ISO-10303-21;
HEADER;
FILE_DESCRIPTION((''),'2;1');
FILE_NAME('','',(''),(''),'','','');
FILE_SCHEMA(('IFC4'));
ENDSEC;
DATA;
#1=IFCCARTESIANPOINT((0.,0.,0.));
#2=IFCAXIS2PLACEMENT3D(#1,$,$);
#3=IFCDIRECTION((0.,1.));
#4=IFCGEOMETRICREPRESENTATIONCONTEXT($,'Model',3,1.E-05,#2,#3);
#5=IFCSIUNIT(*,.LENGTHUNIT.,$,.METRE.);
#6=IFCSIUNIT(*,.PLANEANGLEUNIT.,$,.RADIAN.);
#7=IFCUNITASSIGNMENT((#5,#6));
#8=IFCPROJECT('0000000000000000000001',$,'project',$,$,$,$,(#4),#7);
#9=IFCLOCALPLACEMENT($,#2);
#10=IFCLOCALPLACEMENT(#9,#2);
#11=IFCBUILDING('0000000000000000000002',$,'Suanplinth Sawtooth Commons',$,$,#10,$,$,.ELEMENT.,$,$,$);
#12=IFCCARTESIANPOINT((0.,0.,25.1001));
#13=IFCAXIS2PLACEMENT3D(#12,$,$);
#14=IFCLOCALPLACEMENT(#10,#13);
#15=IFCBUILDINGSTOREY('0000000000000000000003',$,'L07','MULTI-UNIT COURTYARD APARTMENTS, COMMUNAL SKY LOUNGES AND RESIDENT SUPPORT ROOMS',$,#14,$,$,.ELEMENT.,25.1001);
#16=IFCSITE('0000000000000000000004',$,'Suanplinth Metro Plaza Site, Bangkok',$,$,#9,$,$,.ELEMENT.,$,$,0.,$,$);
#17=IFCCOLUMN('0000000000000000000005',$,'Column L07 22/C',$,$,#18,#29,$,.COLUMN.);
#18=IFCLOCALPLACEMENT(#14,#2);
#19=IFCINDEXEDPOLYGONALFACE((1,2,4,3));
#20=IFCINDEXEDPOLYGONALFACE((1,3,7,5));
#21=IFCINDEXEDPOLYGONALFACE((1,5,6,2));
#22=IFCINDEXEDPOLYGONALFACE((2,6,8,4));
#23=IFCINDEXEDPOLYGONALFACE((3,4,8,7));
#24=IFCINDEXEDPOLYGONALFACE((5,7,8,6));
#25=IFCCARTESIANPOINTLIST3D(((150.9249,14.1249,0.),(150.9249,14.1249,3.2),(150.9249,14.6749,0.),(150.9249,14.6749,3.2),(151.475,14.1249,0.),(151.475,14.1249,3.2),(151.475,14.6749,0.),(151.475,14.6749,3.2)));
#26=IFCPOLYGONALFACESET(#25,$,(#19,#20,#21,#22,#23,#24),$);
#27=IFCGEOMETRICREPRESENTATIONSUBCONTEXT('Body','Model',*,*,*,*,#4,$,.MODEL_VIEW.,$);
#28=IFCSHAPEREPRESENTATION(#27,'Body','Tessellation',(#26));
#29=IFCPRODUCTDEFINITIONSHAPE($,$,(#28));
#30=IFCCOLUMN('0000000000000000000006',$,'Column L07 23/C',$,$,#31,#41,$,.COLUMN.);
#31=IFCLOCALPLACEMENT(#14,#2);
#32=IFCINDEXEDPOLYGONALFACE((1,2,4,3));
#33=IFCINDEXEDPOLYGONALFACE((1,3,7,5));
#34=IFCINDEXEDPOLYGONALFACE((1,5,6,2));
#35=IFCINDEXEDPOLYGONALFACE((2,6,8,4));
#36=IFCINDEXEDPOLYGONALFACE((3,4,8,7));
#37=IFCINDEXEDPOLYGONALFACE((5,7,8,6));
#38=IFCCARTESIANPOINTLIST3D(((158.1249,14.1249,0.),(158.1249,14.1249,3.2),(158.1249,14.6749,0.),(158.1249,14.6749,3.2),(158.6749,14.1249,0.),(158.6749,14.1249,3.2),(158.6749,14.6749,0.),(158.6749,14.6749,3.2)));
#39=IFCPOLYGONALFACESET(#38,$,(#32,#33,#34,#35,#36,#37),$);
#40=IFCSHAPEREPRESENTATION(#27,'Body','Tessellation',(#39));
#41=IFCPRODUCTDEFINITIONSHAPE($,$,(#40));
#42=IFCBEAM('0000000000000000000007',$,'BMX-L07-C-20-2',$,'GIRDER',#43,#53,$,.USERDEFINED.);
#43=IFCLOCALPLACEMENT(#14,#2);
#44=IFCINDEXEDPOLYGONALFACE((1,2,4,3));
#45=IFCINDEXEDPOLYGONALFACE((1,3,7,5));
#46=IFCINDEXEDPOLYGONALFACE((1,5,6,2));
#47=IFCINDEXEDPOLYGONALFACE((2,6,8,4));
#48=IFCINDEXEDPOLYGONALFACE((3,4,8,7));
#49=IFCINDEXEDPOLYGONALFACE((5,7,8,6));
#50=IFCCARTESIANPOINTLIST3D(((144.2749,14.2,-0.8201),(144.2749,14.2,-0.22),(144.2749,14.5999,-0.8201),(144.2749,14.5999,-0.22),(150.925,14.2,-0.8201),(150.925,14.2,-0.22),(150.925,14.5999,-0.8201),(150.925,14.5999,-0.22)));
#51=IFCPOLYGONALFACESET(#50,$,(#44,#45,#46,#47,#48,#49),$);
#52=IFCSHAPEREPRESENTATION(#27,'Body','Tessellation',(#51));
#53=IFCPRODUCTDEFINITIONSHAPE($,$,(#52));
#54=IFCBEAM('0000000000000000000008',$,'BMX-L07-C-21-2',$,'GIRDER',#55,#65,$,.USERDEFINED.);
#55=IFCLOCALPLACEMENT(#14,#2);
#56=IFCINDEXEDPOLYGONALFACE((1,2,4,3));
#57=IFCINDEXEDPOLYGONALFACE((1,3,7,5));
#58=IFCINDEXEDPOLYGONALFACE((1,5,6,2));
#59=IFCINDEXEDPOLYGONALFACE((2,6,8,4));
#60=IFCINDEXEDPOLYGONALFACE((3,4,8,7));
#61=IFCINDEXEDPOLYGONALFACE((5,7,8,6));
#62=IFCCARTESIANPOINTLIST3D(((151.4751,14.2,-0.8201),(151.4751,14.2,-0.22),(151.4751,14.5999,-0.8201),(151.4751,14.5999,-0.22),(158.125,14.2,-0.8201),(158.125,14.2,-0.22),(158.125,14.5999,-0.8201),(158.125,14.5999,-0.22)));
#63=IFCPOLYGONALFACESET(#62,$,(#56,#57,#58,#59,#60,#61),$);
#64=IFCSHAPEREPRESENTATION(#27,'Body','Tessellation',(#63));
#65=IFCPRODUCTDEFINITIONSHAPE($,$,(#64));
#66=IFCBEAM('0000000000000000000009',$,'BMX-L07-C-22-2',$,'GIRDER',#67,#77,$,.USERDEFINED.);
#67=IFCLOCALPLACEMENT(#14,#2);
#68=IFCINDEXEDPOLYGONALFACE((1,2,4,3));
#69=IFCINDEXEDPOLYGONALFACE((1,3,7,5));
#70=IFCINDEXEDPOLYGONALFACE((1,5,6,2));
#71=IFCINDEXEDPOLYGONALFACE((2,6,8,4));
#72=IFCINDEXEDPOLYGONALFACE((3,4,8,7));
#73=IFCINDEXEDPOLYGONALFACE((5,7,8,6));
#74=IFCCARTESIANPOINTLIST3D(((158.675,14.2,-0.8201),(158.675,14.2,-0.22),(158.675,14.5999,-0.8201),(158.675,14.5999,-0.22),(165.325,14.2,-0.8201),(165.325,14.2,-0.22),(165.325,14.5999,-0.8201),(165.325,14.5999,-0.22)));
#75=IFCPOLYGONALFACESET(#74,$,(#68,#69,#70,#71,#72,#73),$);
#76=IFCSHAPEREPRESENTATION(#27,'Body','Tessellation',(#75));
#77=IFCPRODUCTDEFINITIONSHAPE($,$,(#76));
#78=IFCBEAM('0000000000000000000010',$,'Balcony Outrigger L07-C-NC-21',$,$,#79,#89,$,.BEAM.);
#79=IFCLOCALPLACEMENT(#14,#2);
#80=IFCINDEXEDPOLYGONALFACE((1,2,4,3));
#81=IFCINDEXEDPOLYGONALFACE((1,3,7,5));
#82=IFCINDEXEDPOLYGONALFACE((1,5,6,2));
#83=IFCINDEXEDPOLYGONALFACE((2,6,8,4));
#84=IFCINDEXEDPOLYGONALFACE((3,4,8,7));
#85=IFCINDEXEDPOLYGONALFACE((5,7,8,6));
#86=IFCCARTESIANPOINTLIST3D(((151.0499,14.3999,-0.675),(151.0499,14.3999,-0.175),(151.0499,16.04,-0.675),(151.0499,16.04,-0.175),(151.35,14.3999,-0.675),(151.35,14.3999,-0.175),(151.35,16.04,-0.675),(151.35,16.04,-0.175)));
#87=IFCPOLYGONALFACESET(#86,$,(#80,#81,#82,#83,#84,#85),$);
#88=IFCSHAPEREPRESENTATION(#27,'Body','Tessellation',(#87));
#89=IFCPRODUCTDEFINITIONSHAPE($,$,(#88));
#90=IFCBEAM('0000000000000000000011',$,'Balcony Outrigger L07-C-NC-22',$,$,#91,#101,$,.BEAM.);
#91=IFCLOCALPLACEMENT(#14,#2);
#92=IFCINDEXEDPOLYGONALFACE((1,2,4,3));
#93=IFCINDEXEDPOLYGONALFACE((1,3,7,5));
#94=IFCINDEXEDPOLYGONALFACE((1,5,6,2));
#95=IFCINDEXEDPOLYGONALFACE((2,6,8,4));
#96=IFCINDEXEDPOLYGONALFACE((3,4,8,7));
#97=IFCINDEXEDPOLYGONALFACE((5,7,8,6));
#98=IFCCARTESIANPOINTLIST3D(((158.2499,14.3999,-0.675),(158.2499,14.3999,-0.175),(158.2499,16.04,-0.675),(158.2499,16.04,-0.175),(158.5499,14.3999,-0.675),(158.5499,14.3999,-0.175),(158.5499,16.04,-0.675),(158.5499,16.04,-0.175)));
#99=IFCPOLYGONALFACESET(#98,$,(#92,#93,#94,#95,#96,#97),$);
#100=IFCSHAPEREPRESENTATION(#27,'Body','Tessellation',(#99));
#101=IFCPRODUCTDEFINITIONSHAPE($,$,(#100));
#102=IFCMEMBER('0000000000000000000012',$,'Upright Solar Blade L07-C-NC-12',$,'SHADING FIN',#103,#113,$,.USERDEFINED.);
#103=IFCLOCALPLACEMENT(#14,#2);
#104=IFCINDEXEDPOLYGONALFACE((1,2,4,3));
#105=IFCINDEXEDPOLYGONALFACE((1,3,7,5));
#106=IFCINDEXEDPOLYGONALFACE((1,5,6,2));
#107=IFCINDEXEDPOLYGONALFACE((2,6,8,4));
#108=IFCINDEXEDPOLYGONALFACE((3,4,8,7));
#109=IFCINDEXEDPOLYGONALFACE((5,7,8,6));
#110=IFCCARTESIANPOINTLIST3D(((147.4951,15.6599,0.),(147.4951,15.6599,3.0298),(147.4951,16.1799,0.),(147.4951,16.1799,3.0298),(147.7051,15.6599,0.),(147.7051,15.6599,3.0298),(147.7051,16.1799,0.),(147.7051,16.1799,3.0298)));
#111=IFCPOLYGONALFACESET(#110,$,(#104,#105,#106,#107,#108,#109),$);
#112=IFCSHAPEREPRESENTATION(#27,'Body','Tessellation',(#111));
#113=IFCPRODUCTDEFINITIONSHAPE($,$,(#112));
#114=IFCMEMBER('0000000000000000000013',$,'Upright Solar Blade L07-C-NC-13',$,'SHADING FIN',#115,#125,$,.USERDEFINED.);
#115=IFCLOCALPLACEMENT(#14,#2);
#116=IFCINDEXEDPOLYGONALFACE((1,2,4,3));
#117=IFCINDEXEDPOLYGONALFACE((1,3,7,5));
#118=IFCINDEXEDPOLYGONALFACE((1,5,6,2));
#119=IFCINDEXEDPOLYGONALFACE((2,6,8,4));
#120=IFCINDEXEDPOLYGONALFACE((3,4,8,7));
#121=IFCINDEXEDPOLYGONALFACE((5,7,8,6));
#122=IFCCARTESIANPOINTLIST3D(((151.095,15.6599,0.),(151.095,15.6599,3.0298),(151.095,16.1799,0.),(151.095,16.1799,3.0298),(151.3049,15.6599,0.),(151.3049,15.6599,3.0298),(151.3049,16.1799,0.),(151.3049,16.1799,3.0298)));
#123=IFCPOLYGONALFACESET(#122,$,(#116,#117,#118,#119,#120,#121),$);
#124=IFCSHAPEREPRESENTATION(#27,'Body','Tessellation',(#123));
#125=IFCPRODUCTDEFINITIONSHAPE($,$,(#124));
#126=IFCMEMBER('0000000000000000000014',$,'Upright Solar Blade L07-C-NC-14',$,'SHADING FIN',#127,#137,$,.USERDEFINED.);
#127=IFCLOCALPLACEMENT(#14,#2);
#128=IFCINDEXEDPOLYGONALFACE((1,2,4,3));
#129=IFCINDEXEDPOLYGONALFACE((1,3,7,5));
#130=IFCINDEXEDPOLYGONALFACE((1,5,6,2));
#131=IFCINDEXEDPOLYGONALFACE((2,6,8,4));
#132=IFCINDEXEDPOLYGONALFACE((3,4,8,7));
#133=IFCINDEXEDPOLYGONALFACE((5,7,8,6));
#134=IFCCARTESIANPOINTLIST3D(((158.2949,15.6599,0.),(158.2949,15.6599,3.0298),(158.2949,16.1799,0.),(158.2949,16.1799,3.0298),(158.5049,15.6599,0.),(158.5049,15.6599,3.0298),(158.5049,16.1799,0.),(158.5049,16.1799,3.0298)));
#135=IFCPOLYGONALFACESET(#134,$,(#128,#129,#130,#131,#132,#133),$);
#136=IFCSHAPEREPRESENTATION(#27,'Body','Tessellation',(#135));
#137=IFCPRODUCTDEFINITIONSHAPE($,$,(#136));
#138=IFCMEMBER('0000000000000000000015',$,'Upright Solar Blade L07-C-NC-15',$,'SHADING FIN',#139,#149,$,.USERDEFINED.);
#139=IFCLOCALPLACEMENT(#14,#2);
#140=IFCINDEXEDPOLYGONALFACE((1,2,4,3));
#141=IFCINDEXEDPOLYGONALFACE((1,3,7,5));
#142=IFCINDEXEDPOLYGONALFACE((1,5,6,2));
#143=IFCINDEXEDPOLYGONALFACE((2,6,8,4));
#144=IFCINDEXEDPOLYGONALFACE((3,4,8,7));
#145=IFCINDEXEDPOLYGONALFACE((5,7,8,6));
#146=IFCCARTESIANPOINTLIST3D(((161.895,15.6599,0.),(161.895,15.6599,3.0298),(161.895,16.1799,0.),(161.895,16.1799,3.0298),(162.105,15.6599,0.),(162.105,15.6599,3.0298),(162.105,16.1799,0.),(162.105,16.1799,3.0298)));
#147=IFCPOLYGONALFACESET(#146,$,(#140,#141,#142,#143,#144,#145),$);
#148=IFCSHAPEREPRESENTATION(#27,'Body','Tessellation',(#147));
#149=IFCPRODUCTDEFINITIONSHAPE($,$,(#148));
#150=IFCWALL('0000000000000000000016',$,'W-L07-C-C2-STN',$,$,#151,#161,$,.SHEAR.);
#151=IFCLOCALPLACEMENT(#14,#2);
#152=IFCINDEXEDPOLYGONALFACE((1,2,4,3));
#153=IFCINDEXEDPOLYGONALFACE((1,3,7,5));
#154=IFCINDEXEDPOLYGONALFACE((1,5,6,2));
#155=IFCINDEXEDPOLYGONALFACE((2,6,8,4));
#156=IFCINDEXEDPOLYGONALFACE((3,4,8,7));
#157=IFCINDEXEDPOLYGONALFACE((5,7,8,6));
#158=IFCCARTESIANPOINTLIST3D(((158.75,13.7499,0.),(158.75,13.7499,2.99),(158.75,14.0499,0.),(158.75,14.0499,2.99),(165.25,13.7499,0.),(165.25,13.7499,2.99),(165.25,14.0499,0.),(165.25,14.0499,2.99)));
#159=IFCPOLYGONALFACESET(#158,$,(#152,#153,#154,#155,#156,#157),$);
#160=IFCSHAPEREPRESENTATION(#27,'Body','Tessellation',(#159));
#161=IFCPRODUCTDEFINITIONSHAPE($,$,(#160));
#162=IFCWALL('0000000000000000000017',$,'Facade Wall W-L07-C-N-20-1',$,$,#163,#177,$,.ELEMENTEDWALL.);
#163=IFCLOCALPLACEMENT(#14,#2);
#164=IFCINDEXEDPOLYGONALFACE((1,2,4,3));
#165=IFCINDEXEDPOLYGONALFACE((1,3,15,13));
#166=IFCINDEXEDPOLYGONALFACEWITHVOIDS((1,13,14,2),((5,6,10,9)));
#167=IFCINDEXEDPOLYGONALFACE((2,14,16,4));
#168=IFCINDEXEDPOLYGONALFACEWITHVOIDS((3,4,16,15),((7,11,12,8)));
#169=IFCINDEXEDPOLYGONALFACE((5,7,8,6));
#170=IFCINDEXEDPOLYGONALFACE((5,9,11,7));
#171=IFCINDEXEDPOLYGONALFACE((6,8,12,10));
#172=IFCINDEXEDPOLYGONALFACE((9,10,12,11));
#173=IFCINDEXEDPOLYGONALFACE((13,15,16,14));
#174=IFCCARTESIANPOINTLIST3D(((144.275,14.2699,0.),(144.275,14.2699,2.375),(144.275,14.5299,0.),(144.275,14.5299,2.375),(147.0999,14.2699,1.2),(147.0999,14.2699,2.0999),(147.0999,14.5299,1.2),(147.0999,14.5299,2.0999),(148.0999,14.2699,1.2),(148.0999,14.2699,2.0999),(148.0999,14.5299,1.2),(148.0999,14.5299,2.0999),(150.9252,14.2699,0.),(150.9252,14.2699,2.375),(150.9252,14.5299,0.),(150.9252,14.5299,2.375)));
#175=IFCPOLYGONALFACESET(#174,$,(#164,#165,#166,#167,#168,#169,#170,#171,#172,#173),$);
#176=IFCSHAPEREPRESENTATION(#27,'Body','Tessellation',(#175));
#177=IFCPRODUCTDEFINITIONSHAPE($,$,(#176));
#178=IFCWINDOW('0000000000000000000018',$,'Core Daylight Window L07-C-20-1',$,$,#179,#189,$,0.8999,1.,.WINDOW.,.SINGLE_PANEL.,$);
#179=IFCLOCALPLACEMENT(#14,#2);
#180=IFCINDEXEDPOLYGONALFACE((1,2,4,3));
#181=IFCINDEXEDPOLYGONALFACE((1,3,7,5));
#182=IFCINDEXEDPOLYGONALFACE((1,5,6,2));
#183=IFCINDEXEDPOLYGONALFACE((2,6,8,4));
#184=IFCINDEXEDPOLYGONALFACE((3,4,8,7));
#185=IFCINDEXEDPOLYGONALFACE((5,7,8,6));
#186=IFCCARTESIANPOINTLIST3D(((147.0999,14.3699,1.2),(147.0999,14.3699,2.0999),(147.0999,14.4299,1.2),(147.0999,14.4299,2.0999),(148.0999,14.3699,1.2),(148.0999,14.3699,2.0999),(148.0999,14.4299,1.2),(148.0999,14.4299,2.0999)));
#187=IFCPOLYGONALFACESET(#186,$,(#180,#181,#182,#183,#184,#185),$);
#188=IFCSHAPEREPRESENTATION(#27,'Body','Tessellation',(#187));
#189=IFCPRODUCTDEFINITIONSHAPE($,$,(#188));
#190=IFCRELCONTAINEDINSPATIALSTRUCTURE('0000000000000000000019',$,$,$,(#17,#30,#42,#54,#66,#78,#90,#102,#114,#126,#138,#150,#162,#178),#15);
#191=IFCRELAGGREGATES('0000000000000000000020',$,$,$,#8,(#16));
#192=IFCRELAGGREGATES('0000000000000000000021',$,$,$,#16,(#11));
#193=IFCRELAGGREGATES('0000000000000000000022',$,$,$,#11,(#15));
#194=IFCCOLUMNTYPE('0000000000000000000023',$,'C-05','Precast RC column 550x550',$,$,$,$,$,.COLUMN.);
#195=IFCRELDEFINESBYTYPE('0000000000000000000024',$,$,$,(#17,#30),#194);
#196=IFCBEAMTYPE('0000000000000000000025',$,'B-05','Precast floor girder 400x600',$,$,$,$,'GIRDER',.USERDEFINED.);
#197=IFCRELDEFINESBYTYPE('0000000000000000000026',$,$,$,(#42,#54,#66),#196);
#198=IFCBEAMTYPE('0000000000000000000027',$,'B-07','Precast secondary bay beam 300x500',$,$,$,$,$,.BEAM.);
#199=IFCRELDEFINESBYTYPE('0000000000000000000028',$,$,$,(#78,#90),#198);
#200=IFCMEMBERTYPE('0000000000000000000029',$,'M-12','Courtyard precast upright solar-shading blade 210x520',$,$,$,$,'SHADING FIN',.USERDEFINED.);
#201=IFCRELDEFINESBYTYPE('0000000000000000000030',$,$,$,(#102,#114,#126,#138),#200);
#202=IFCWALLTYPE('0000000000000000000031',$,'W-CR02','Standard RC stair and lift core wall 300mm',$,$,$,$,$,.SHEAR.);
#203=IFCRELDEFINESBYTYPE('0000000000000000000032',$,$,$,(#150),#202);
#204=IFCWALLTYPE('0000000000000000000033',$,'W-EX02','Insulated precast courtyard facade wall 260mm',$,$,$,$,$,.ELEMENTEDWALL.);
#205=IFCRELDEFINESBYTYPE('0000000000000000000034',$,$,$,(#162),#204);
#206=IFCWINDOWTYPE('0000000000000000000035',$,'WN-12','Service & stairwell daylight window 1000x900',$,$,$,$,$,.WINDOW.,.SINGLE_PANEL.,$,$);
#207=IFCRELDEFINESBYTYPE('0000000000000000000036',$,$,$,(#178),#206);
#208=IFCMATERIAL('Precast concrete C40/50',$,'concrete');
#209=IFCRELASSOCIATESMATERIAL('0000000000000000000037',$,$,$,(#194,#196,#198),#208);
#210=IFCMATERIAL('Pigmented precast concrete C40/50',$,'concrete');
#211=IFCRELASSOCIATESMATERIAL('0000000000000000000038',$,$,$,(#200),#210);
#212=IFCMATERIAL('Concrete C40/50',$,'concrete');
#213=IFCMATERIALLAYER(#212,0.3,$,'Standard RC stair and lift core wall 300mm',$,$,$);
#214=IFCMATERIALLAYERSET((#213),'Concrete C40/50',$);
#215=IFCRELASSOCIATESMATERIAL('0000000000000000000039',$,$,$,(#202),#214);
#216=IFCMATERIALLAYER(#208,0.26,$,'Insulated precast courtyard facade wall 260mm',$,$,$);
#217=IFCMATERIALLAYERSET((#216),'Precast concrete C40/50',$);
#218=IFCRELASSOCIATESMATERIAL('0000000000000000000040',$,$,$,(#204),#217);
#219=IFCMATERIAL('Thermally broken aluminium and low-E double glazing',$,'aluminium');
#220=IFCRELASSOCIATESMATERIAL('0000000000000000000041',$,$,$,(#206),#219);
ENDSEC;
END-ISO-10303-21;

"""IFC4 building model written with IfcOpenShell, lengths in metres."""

from ifc_helpers import new_model, si_unit, direction, frame, frame_2d, origin, origin_2d, place, context, subcontext, project, spatial, rectangle, extrude, material, layer, layer_set, material_profile, profile_set, type_object, element, fill, save


model = new_model("IFC4")

# Units and contexts
model_context = context("Model", 3, precision=1e-05, world=origin(), true_north=direction((0.0, 1.0)))
body_context = subcontext(model_context, "Body", "Model", "MODEL_VIEW")
ifc_project = project(units=[si_unit("LENGTHUNIT", "METRE"), si_unit("PLANEANGLEUNIT", "RADIAN")], contexts=[model_context])

# Site, building, storey
site_placement = place(None, origin())
site = spatial("IfcSite", under=ifc_project, at=site_placement, Name="Suanplinth Metro Plaza Site, Bangkok", CompositionType="ELEMENT", RefElevation=0.0)
building_placement = place(site_placement, origin())
building = spatial("IfcBuilding", under=site, at=building_placement, Name="Suanplinth Sawtooth Commons", CompositionType="ELEMENT")
storey_placement = place(building_placement, frame((0.0, 0.0, 25.1001)))
storey = spatial("IfcBuildingStorey", under=building, at=storey_placement, Name="L07", Description="MULTI-UNIT COURTYARD APARTMENTS, COMMUNAL SKY LOUNGES AND RESIDENT SUPPORT ROOMS", CompositionType="ELEMENT", Elevation=25.1001)

# Columns
ifc_material_1 = material(Name="Precast concrete C40/50", Category="concrete")
ifc_material_profile_1 = material_profile(ifc_material_1, rectangle(XDim=0.55, YDim=0.55, at=origin_2d()), Name="PC-COL 550x550")
ifc_profile_set_1 = profile_set([ifc_material_profile_1], Name="Precast concrete C40/50")
column_type = type_object("IfcColumnType", Name="C-05", Description="Precast RC column 550x550", PredefinedType="COLUMN", material=ifc_profile_set_1)
for number, where, z_axis, x_axis, name in (
    (1, (151.2, 14.3999, 0.0), (0.0, 0.0, 1.0), (1.0, 0.0, 0.0), "Column L07 22/C"),
    (2, (158.3999, 14.3999, 0.0), (0.0, 0.0, 1.0), (1.0, 0.0, 0.0), "Column L07 23/C"),
):
    element("IfcColumn", number, at=place(storey_placement, frame(where, z_axis=z_axis, x_axis=x_axis)), inside=storey, type_object=column_type, Name=name, PredefinedType="COLUMN", context=body_context, shape_type="SweptSolid", body=[
        extrude(rectangle(XDim=0.55, YDim=0.55, at=origin_2d()), origin(), (0.0, 0.0, 1.0), 3.2),
    ])

# Beams
ifc_material_profile_2 = material_profile(ifc_material_1, rectangle(XDim=0.3999, YDim=0.6001, at=origin_2d()), Name="PC-GDR 400x600")
ifc_profile_set_2 = profile_set([ifc_material_profile_2], Name="Precast concrete C40/50")
beam_type_1 = type_object("IfcBeamType", Name="B-05", Description="Precast floor girder 400x600", ElementType="GIRDER", PredefinedType="USERDEFINED", material=ifc_profile_set_2)
beam_placement = place(storey_placement, frame((144.2749, 14.3999, -0.52), z_axis=(1.0, 0.0, 0.0), x_axis=(0.0, 1.0, 0.0)))
element("IfcBeam", 3, at=beam_placement, inside=storey, type_object=beam_type_1, Name="BMX-L07-C-20-2", ObjectType="GIRDER", PredefinedType="USERDEFINED", context=body_context, shape_type="SweptSolid", body=[
    extrude(rectangle(XDim=0.3999, YDim=0.6001, at=origin_2d()), origin(), (0.0, 0.0, 1.0), 6.6501),
])
for number, where, z_axis, x_axis, name in (
    (4, (151.4751, 14.3999, -0.52), (1.0, 0.0, 0.0), (0.0, 1.0, 0.0), "BMX-L07-C-21-2"),
    (5, (158.675, 14.3999, -0.52), (1.0, 0.0, 0.0), (0.0, 1.0, 0.0), "BMX-L07-C-22-2"),
):
    element("IfcBeam", number, at=place(storey_placement, frame(where, z_axis=z_axis, x_axis=x_axis)), inside=storey, type_object=beam_type_1, Name=name, ObjectType="GIRDER", PredefinedType="USERDEFINED", context=body_context, shape_type="SweptSolid", body=[
        extrude(rectangle(XDim=0.3999, YDim=0.6001, at=origin_2d()), origin(), (0.0, 0.0, 1.0), 6.6499),
    ])
ifc_material_profile_3 = material_profile(ifc_material_1, rectangle(XDim=0.3, YDim=0.5, at=origin_2d()), Name="PC-BM 300x500")
ifc_profile_set_3 = profile_set([ifc_material_profile_3], Name="Precast concrete C40/50")
beam_type_2 = type_object("IfcBeamType", Name="B-07", Description="Precast secondary bay beam 300x500", PredefinedType="BEAM", material=ifc_profile_set_3)
for number, where, z_axis, x_axis, name in (
    (6, (151.2, 14.3999, -0.425), (0.0, 1.0, 0.0), (-1.0, 0.0, 0.0), "Balcony Outrigger L07-C-NC-21"),
    (7, (158.3999, 14.3999, -0.425), (0.0, 1.0, 0.0), (-1.0, 0.0, 0.0), "Balcony Outrigger L07-C-NC-22"),
):
    element("IfcBeam", number, at=place(storey_placement, frame(where, z_axis=z_axis, x_axis=x_axis)), inside=storey, type_object=beam_type_2, Name=name, PredefinedType="BEAM", context=body_context, shape_type="SweptSolid", body=[
        extrude(rectangle(XDim=0.3, YDim=0.5, at=origin_2d()), origin(), (0.0, 0.0, 1.0), 1.6401),
    ])

# Members
ifc_material_2 = material(Name="Pigmented precast concrete C40/50", Category="concrete")
ifc_material_profile_4 = material_profile(ifc_material_2, rectangle(XDim=0.21, YDim=0.52, at=origin_2d()), Name="PC-FIN 210x520")
ifc_profile_set_4 = profile_set([ifc_material_profile_4], Name="Pigmented precast concrete C40/50")
member_type = type_object("IfcMemberType", Name="M-12", Description="Courtyard precast upright solar-shading blade 210x520", ElementType="SHADING FIN", PredefinedType="USERDEFINED", material=ifc_profile_set_4)
for number, where, z_axis, x_axis, name in (
    (8, (147.6001, 15.9199, 0.0), (0.0, 0.0, 1.0), (1.0, 0.0, 0.0), "Upright Solar Blade L07-C-NC-12"),
    (9, (151.2, 15.9199, 0.0), (0.0, 0.0, 1.0), (1.0, 0.0, 0.0), "Upright Solar Blade L07-C-NC-13"),
    (10, (158.3999, 15.9199, 0.0), (0.0, 0.0, 1.0), (1.0, 0.0, 0.0), "Upright Solar Blade L07-C-NC-14"),
    (11, (162.0, 15.9199, 0.0), (0.0, 0.0, 1.0), (1.0, 0.0, 0.0), "Upright Solar Blade L07-C-NC-15"),
):
    element("IfcMember", number, at=place(storey_placement, frame(where, z_axis=z_axis, x_axis=x_axis)), inside=storey, type_object=member_type, Name=name, ObjectType="SHADING FIN", PredefinedType="USERDEFINED", context=body_context, shape_type="SweptSolid", body=[
        extrude(rectangle(XDim=0.21, YDim=0.52, at=origin_2d()), origin(), (0.0, 0.0, 1.0), 3.0298),
    ])

# Wall
ifc_material_3 = material(Name="Concrete C40/50", Category="concrete")
ifc_layer_1 = layer(ifc_material_3, 0.3, Name="Standard RC stair and lift core wall 300mm")
ifc_layer_set_1 = layer_set([ifc_layer_1], Name="Concrete C40/50")
wall_type_1 = type_object("IfcWallType", Name="W-CR02", Description="Standard RC stair and lift core wall 300mm", PredefinedType="SHEAR", material=ifc_layer_set_1)
wall_1_placement = place(storey_placement, frame((158.75, 13.8999, 0.0), z_axis=(0.0, 0.0, 1.0), x_axis=(1.0, 0.0, 0.0)))
element("IfcWall", 12, at=wall_1_placement, inside=storey, type_object=wall_type_1, Name="W-L07-C-C2-STN", PredefinedType="SHEAR", context=body_context, shape_type="SweptSolid", body=[
    extrude(rectangle(XDim=6.5, YDim=0.3, at=frame_2d((3.25, 0.0))), origin(), (0.0, 0.0, 1.0), 2.99),
])

# Wall, opening, window
ifc_layer_2 = layer(ifc_material_1, 0.26, Name="Insulated precast courtyard facade wall 260mm")
ifc_layer_set_2 = layer_set([ifc_layer_2], Name="Precast concrete C40/50")
wall_type_2 = type_object("IfcWallType", Name="W-EX02", Description="Insulated precast courtyard facade wall 260mm", PredefinedType="ELEMENTEDWALL", material=ifc_layer_set_2)
wall_2_placement = place(storey_placement, frame((144.2749, 14.3999, 0.0), z_axis=(0.0, 0.0, 1.0), x_axis=(1.0, 0.0, 0.0)))
wall_2 = element("IfcWall", 13, at=wall_2_placement, inside=storey, type_object=wall_type_2, Name="Facade Wall W-L07-C-N-20-1", PredefinedType="ELEMENTEDWALL", context=body_context, shape_type="SweptSolid", body=[
    extrude(rectangle(XDim=6.6501, YDim=0.26, at=frame_2d((3.3252, 0.0))), origin(), (0.0, 0.0, 1.0), 2.375),
])
opening_1_placement = place(wall_2_placement, frame((2.825, 0.0, 1.2)))
opening_1 = element("IfcOpeningElement", 14, at=opening_1_placement, cuts=wall_2, PredefinedType="OPENING", context=body_context, shape_type="SweptSolid", body=[
    extrude(rectangle(XDim=1.0, YDim=0.8999, at=frame_2d((0.5, 0.45))), frame((0.0, 0.145, 0.0), z_axis=(0.0, -1.0, 0.0), x_axis=(1.0, 0.0, 0.0)), (0.0, 0.0, 1.0), 0.2898),
])
ifc_material_4 = material(Name="Thermally broken aluminium and low-E double glazing", Category="aluminium")
window_type_1 = type_object("IfcWindowType", Name="WN-12", Description="Service & stairwell daylight window 1000x900", PartitioningType="SINGLE_PANEL", PredefinedType="WINDOW", material=ifc_material_4)
window_1_placement = place(opening_1_placement, origin())
window_1 = element("IfcWindow", 15, at=window_1_placement, inside=storey, type_object=window_type_1, Name="Core Daylight Window L07-C-20-1", OverallHeight=0.8999, OverallWidth=1.0, PartitioningType="SINGLE_PANEL", PredefinedType="WINDOW", context=body_context, shape_type="SweptSolid", body=[
    extrude(rectangle(XDim=1.0, YDim=0.8999, at=frame_2d((0.5, 0.45))), frame((0.0, 0.03, 0.0), z_axis=(0.0, -1.0, 0.0), x_axis=(1.0, 0.0, 0.0)), (0.0, 0.0, 1.0), 0.0601),
])
fill(opening_1, window_1)

save(model, "model.ifc")
